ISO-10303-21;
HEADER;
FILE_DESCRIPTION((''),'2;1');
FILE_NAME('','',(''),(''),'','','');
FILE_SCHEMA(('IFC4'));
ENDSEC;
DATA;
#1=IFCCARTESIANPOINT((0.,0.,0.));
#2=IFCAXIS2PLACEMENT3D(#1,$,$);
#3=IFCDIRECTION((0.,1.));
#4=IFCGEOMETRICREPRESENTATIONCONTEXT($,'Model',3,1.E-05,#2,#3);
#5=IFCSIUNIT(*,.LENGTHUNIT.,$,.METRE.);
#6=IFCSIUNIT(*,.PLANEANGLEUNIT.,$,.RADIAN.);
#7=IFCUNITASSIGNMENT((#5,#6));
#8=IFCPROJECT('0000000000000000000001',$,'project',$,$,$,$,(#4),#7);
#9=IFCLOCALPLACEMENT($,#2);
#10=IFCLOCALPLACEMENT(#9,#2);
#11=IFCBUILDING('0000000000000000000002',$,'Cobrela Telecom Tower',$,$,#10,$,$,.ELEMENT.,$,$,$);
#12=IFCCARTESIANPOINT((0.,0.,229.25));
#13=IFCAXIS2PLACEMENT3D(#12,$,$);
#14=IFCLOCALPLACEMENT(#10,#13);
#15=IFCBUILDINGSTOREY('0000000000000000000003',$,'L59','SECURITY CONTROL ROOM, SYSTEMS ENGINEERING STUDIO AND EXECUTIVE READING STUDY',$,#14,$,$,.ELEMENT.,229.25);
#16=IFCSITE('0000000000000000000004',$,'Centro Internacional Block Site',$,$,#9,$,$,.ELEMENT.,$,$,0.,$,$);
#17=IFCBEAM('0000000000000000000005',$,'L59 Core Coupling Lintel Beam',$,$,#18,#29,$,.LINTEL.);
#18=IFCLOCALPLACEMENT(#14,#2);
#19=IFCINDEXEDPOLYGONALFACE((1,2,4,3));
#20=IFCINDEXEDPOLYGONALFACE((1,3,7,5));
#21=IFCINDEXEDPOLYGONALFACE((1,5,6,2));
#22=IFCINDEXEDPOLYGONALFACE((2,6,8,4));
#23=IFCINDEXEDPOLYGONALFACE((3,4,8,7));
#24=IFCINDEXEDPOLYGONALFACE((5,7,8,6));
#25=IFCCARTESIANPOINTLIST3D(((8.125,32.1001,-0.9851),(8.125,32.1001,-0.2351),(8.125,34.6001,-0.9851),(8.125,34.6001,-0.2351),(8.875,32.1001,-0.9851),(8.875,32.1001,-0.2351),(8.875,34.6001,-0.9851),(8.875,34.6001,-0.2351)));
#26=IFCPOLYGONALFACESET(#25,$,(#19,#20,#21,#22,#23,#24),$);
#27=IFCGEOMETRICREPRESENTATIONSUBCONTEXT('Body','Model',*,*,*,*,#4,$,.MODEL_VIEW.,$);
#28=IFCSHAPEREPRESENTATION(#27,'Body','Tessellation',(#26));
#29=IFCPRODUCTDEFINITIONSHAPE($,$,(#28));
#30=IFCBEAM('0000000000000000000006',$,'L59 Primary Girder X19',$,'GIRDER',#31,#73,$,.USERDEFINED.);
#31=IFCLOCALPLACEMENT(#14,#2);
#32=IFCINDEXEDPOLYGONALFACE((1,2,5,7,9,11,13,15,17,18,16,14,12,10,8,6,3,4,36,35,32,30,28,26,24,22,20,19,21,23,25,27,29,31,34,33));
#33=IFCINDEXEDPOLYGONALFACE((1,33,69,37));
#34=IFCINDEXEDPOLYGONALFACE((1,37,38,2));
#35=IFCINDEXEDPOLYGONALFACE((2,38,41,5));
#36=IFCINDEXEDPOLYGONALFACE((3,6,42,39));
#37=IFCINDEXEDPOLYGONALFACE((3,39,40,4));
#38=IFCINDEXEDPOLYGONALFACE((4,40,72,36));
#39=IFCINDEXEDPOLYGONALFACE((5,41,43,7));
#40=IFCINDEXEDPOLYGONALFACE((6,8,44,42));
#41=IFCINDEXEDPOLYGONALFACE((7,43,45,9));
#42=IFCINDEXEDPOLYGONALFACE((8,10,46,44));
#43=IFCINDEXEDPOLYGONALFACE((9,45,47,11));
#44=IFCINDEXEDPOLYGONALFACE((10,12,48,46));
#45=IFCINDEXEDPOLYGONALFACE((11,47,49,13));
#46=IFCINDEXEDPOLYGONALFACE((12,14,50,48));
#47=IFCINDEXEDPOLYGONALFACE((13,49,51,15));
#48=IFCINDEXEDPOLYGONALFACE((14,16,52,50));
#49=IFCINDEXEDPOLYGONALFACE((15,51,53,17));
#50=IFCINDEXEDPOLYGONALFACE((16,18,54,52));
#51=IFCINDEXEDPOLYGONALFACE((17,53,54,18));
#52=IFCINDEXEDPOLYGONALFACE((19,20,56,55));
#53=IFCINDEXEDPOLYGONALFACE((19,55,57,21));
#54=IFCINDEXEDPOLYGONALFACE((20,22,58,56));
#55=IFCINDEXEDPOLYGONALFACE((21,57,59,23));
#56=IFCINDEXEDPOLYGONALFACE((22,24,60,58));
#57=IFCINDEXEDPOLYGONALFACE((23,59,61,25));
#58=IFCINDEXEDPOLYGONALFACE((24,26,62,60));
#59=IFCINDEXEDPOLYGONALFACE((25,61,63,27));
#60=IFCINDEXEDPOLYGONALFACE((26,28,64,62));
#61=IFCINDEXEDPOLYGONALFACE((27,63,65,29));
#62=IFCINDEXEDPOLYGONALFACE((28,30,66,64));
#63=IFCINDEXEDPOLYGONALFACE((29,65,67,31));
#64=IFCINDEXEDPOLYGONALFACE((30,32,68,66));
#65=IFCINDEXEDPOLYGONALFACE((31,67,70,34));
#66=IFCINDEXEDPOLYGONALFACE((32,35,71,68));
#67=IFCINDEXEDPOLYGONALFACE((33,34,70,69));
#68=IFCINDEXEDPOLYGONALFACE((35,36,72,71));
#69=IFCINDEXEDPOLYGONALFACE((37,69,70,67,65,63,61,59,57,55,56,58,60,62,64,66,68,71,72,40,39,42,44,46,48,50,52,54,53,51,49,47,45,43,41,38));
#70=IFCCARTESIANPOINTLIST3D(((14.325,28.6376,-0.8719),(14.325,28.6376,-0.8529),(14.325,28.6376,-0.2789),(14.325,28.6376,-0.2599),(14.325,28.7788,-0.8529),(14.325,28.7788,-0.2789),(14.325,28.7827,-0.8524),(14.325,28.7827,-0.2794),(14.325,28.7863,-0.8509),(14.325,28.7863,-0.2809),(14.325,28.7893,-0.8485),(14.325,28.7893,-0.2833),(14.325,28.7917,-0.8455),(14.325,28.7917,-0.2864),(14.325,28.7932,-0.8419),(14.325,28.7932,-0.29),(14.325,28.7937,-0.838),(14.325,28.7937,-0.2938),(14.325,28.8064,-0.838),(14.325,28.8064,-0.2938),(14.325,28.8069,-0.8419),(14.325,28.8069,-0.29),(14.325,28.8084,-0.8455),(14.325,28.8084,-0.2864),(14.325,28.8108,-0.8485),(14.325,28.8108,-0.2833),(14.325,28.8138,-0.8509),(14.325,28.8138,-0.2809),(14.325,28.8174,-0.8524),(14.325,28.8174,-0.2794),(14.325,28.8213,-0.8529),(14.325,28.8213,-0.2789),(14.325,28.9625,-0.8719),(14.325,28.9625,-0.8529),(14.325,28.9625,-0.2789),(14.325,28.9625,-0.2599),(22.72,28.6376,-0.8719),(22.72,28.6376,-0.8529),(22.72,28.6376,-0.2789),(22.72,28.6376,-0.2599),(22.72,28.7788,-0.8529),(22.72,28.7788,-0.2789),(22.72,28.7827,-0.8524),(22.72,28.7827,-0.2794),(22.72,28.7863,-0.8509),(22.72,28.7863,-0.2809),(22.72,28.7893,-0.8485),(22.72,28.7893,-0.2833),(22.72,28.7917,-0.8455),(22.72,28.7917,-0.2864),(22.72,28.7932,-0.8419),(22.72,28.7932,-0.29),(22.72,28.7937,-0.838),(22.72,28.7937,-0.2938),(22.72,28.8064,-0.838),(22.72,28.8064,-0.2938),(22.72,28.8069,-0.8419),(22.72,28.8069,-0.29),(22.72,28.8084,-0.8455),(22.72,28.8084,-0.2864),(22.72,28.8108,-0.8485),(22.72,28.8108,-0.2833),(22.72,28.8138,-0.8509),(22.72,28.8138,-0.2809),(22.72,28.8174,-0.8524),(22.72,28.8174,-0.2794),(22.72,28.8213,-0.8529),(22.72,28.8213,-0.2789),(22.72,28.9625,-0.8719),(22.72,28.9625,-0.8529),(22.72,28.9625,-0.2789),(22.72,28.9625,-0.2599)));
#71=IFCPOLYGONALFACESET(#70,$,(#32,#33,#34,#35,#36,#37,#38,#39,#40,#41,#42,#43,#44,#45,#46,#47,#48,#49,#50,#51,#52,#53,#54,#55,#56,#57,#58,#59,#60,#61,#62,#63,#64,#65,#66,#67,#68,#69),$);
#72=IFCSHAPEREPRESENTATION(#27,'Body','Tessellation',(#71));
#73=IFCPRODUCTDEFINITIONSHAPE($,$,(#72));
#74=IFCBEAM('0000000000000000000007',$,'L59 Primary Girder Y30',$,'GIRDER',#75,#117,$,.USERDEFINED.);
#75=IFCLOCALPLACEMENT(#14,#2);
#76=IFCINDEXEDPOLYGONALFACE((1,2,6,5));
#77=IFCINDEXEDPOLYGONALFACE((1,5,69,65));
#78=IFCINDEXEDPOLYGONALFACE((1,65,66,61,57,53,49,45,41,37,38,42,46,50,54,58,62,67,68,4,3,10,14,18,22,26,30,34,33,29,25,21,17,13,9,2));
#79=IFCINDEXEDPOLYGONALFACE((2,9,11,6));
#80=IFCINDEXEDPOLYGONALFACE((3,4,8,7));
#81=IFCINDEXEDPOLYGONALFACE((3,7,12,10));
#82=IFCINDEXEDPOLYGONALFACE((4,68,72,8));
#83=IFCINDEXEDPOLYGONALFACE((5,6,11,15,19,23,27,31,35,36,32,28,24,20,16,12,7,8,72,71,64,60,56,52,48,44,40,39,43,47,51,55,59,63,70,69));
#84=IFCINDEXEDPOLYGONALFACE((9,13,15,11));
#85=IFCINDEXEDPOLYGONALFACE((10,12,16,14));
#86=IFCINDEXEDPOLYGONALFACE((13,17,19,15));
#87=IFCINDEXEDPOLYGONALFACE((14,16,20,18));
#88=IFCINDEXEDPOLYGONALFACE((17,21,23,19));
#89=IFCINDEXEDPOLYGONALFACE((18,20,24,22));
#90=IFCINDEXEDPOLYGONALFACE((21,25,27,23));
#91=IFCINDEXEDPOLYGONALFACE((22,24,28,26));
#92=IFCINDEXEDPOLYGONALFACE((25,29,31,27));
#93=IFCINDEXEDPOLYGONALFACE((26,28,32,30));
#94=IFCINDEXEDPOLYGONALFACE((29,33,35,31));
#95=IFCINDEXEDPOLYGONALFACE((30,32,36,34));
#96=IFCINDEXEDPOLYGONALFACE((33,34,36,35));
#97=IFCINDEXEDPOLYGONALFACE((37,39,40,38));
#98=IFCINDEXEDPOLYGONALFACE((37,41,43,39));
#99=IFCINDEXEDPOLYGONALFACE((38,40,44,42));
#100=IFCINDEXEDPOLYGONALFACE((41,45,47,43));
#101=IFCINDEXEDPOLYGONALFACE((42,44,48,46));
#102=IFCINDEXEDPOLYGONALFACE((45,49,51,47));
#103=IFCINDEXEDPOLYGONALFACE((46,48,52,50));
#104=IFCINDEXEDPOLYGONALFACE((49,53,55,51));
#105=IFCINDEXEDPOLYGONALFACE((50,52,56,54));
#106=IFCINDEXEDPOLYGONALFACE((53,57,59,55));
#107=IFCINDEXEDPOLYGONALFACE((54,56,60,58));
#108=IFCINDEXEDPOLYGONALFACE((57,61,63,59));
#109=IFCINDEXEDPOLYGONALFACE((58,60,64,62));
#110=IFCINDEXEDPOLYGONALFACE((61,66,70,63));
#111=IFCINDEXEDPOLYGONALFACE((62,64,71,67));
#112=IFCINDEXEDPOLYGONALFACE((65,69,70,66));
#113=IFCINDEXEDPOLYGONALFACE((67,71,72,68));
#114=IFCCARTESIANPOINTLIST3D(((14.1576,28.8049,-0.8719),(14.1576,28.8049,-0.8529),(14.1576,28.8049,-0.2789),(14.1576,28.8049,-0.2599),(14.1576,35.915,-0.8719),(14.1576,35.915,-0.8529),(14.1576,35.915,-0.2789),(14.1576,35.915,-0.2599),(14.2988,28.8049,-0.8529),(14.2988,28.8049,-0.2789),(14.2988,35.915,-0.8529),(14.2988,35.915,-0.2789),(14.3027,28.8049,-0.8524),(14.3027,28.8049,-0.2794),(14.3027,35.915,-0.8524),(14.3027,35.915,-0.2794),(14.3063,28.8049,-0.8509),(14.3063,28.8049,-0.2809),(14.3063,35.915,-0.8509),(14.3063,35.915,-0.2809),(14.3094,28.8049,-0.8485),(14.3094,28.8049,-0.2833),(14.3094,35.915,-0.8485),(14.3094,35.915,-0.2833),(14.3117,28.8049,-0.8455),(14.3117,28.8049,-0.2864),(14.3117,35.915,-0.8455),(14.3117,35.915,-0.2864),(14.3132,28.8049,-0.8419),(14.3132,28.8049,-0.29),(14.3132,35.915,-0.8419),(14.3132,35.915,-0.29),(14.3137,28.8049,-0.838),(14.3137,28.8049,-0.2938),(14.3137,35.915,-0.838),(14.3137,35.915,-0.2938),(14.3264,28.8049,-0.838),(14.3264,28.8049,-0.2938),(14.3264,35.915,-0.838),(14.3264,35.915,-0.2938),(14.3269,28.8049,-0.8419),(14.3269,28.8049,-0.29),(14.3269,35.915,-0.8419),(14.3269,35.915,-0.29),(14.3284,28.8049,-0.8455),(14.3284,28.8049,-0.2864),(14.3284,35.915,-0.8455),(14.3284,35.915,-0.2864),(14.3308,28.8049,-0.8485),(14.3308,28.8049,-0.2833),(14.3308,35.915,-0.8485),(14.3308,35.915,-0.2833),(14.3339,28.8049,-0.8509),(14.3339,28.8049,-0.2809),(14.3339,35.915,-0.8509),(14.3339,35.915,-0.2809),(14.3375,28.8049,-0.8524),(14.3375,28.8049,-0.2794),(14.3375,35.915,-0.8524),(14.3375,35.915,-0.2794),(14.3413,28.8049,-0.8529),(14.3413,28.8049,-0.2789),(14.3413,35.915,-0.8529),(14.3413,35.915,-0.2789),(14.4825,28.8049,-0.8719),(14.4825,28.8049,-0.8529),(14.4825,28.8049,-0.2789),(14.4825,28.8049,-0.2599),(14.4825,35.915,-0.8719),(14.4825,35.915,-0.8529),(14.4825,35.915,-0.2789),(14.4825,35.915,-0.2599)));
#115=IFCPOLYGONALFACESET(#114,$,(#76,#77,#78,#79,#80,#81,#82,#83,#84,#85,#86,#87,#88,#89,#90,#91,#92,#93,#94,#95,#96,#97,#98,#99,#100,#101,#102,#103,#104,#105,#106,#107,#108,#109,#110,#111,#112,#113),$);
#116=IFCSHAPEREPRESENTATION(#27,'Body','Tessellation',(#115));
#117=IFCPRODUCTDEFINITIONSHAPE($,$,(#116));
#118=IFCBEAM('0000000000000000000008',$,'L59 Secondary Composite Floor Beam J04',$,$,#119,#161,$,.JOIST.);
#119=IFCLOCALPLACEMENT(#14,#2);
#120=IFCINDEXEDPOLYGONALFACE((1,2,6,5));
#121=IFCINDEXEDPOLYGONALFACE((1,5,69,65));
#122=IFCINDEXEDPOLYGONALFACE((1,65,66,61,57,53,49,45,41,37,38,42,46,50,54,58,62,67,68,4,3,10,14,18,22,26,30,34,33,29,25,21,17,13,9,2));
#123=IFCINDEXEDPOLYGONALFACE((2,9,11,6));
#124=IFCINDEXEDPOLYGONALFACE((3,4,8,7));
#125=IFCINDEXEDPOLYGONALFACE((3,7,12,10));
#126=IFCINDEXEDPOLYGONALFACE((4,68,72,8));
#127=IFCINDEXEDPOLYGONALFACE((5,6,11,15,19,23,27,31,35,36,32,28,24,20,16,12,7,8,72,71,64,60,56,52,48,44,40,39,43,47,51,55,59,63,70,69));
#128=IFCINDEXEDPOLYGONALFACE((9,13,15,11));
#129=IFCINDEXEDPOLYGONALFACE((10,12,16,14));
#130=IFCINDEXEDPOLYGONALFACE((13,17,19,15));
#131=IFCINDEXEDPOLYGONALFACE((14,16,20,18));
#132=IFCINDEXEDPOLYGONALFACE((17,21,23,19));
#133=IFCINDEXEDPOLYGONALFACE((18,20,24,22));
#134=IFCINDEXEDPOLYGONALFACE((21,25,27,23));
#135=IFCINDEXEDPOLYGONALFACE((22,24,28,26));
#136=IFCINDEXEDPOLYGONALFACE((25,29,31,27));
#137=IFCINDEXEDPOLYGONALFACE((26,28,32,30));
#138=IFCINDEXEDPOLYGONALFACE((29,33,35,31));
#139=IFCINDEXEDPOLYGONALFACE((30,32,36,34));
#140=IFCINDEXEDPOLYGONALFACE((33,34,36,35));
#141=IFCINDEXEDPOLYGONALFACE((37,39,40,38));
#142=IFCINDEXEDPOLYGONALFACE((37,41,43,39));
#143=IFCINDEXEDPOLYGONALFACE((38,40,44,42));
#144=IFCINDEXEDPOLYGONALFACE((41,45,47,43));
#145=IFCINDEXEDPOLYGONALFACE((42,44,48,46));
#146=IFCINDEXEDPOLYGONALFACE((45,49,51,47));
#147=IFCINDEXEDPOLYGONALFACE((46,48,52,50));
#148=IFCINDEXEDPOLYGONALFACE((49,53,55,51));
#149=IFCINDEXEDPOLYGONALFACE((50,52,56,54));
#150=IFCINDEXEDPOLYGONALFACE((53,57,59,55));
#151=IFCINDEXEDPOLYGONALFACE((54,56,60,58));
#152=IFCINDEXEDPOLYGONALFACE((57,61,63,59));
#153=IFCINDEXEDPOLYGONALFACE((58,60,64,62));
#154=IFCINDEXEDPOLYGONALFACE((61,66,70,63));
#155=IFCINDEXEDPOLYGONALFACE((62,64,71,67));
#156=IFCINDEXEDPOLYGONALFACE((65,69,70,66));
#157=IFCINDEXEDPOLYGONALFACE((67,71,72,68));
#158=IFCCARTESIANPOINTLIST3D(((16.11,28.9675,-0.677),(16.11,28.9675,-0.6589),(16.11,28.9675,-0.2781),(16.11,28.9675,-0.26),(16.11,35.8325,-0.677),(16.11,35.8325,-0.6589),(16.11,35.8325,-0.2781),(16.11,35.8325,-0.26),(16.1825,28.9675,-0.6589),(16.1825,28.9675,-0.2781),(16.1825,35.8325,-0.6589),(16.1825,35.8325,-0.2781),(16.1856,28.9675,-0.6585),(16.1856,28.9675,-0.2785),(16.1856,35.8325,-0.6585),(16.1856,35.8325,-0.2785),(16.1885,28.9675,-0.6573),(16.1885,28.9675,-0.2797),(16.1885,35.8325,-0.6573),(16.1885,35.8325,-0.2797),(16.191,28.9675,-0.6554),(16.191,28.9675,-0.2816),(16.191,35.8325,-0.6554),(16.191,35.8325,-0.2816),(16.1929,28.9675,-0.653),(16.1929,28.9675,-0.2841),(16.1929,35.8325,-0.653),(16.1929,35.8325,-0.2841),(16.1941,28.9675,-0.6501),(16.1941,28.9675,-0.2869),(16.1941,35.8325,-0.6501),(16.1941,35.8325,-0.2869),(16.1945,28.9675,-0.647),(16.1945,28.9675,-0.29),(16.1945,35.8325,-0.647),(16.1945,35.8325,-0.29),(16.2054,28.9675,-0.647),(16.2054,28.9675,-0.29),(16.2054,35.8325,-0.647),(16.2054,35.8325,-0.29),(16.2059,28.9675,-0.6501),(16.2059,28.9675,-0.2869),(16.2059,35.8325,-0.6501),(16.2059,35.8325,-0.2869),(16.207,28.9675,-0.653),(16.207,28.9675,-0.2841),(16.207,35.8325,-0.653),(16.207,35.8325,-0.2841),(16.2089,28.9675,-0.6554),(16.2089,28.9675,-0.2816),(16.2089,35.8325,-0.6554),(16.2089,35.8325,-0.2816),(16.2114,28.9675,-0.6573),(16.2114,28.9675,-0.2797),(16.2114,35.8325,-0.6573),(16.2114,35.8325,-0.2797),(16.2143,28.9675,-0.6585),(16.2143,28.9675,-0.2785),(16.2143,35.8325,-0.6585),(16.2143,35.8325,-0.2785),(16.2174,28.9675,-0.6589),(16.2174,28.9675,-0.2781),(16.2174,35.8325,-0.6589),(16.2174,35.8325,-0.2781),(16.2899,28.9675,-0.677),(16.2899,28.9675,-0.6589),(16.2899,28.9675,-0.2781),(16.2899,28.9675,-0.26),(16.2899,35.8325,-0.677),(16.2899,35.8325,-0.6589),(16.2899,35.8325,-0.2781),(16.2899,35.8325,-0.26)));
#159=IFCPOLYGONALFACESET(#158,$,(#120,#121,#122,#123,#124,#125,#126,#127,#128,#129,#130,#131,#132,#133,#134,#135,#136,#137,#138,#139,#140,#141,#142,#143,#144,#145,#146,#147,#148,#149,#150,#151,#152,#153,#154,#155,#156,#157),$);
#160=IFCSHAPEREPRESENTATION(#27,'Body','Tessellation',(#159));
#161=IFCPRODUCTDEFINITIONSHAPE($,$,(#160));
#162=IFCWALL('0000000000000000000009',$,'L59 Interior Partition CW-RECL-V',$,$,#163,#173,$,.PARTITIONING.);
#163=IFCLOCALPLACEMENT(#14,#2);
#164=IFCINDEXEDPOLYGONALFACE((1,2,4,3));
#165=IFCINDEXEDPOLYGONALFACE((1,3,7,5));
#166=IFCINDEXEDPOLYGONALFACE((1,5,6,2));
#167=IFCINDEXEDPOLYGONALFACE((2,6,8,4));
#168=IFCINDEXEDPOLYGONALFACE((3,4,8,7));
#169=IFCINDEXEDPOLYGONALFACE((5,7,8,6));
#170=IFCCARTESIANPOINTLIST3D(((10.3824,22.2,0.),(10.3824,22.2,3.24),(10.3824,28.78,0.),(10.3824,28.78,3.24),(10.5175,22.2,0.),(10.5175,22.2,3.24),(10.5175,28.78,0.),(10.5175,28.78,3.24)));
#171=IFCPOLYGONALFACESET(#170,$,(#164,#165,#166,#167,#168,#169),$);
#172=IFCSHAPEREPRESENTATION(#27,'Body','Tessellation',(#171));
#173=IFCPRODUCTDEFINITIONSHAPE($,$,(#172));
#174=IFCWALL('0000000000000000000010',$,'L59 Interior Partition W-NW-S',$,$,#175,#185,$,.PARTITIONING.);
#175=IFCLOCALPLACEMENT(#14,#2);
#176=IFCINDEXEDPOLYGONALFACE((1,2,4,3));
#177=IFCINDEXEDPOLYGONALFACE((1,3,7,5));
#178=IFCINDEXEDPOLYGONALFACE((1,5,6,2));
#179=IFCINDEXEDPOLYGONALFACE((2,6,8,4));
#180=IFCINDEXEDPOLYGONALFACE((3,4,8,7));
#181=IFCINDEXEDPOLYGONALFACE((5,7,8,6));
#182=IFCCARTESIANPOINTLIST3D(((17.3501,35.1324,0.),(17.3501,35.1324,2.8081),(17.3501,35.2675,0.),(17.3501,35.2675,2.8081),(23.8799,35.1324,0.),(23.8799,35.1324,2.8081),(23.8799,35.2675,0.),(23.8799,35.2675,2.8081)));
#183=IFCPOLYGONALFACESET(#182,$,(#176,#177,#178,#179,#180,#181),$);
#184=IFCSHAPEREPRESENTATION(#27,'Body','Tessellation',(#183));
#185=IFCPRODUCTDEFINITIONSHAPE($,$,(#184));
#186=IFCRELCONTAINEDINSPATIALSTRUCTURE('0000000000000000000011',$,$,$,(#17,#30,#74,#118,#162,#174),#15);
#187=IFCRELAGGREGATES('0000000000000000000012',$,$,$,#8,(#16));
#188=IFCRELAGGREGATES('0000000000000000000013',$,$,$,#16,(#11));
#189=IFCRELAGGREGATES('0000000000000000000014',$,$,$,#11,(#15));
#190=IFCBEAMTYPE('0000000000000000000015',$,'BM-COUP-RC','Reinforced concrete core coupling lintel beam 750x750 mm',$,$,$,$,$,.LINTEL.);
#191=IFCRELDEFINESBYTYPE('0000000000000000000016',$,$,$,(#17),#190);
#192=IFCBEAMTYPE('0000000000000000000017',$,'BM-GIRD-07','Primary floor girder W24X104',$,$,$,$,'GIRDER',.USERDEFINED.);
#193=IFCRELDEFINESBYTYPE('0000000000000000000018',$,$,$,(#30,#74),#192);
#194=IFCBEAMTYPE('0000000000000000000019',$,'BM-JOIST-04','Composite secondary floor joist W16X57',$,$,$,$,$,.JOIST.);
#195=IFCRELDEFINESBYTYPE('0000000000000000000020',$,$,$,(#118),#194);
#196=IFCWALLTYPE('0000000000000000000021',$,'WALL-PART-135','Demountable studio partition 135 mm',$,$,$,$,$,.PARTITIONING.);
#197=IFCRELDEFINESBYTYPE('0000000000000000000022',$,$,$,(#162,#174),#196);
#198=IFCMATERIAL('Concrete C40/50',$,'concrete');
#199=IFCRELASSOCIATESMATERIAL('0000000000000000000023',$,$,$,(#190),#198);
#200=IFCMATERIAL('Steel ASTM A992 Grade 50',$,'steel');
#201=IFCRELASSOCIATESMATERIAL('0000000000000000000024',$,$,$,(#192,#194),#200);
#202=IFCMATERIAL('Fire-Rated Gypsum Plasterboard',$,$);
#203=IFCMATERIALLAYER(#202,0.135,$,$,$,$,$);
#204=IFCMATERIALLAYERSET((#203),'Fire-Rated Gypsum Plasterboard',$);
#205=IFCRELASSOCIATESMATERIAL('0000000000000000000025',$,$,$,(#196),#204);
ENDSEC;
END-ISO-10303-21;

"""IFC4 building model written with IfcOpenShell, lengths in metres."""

from ifc_helpers import new_model, si_unit, direction, frame, frame_2d, origin, origin_2d, place, context, subcontext, project, spatial, rectangle, i_section, extrude, material, layer, layer_set, material_profile, profile_set, type_object, element, save


model = new_model("IFC4")

# Units and contexts
model_context = context("Model", 3, precision=1e-05, world=origin(), true_north=direction((0.0, 1.0)))
body_context = subcontext(model_context, "Body", "Model", "MODEL_VIEW")
ifc_project = project(units=[si_unit("LENGTHUNIT", "METRE"), si_unit("PLANEANGLEUNIT", "RADIAN")], contexts=[model_context])

# Site, building, storey
site_placement = place(None, origin())
site = spatial("IfcSite", under=ifc_project, at=site_placement, Name="Centro Internacional Block Site", CompositionType="ELEMENT", RefElevation=0.0)
building_placement = place(site_placement, origin())
building = spatial("IfcBuilding", under=site, at=building_placement, Name="Cobrela Telecom Tower", CompositionType="ELEMENT")
storey_placement = place(building_placement, frame((0.0, 0.0, 229.25)))
storey = spatial("IfcBuildingStorey", under=building, at=storey_placement, Name="L59", Description="SECURITY CONTROL ROOM, SYSTEMS ENGINEERING STUDIO AND EXECUTIVE READING STUDY", CompositionType="ELEMENT", Elevation=229.25)

# Beams
ifc_material_1 = material(Name="Concrete C40/50", Category="concrete")
ifc_material_profile_1 = material_profile(ifc_material_1, rectangle(XDim=0.75, YDim=0.75, at=origin_2d()), Name="RC 750x750")
ifc_profile_set_1 = profile_set([ifc_material_profile_1], Name="Concrete C40/50")
beam_type_1 = type_object("IfcBeamType", Name="BM-COUP-RC", Description="Reinforced concrete core coupling lintel beam 750x750 mm", PredefinedType="LINTEL", material=ifc_profile_set_1)
beam_1_placement = place(storey_placement, frame((8.5, 32.1001, -0.6101), z_axis=(0.0, 1.0, 0.0), x_axis=(-1.0, 0.0, 0.0)))
element("IfcBeam", 1, at=beam_1_placement, inside=storey, type_object=beam_type_1, Name="L59 Core Coupling Lintel Beam", PredefinedType="LINTEL", context=body_context, shape_type="SweptSolid", body=[
    extrude(rectangle(XDim=0.75, YDim=0.75, at=origin_2d()), origin(), (0.0, 0.0, 1.0), 2.5),
])
ifc_material_2 = material(Name="Steel ASTM A992 Grade 50", Category="steel")
ifc_material_profile_2 = material_profile(ifc_material_2, i_section(OverallWidth=0.325, OverallDepth=0.6121, WebThickness=0.0127, FlangeThickness=0.019, FilletRadius=0.0149, at=origin_2d()), Name="W24X104")
ifc_profile_set_2 = profile_set([ifc_material_profile_2], Name="Steel ASTM A992 Grade 50")
beam_type_2 = type_object("IfcBeamType", Name="BM-GIRD-07", Description="Primary floor girder W24X104", ElementType="GIRDER", PredefinedType="USERDEFINED", material=ifc_profile_set_2)
beam_2_placement = place(storey_placement, frame((14.325, 28.8, -0.5659), z_axis=(1.0, 0.0, 0.0), x_axis=(0.0, 1.0, 0.0)))
element("IfcBeam", 2, at=beam_2_placement, inside=storey, type_object=beam_type_2, Name="L59 Primary Girder X19", ObjectType="GIRDER", PredefinedType="USERDEFINED", context=body_context, shape_type="SweptSolid", body=[
    extrude(i_section(OverallWidth=0.325, OverallDepth=0.6121, WebThickness=0.0127, FlangeThickness=0.019, FilletRadius=0.0149, at=origin_2d()), origin(), (0.0, 0.0, 1.0), 8.395),
])
beam_3_placement = place(storey_placement, frame((14.3201, 28.8049, -0.5659), z_axis=(0.0, 1.0, 0.0), x_axis=(-1.0, 0.0, 0.0)))
element("IfcBeam", 3, at=beam_3_placement, inside=storey, type_object=beam_type_2, Name="L59 Primary Girder Y30", ObjectType="GIRDER", PredefinedType="USERDEFINED", context=body_context, shape_type="SweptSolid", body=[
    extrude(i_section(OverallWidth=0.325, OverallDepth=0.6121, WebThickness=0.0127, FlangeThickness=0.019, FilletRadius=0.0149, at=origin_2d()), origin(), (0.0, 0.0, 1.0), 7.1101),
])
ifc_material_profile_3 = material_profile(ifc_material_2, i_section(OverallWidth=0.1799, OverallDepth=0.417, WebThickness=0.011, FlangeThickness=0.0181, FilletRadius=0.012, at=origin_2d()), Name="W16X57")
ifc_profile_set_3 = profile_set([ifc_material_profile_3], Name="Steel ASTM A992 Grade 50")
beam_type_3 = type_object("IfcBeamType", Name="BM-JOIST-04", Description="Composite secondary floor joist W16X57", PredefinedType="JOIST", material=ifc_profile_set_3)
beam_4_placement = place(storey_placement, frame((16.2, 28.9675, -0.4685), z_axis=(0.0, 1.0, 0.0), x_axis=(-1.0, 0.0, 0.0)))
element("IfcBeam", 4, at=beam_4_placement, inside=storey, type_object=beam_type_3, Name="L59 Secondary Composite Floor Beam J04", PredefinedType="JOIST", context=body_context, shape_type="SweptSolid", body=[
    extrude(i_section(OverallWidth=0.1799, OverallDepth=0.417, WebThickness=0.011, FlangeThickness=0.0181, FilletRadius=0.012, at=origin_2d()), origin(), (0.0, 0.0, 1.0), 6.865),
])

# Walls
ifc_material_3 = material(Name="Fire-Rated Gypsum Plasterboard")
ifc_layer_1 = layer(ifc_material_3, 0.135)
ifc_layer_set_1 = layer_set([ifc_layer_1], Name="Fire-Rated Gypsum Plasterboard")
wall_type_1 = type_object("IfcWallType", Name="WALL-PART-135", Description="Demountable studio partition 135 mm", PredefinedType="PARTITIONING", material=ifc_layer_set_1)
wall_1_placement = place(storey_placement, frame((10.45, 22.2, 0.0), z_axis=(0.0, 0.0, 1.0), x_axis=(0.0, 1.0, 0.0)))
element("IfcWall", 5, at=wall_1_placement, inside=storey, type_object=wall_type_1, Name="L59 Interior Partition CW-RECL-V", PredefinedType="PARTITIONING", context=body_context, shape_type="SweptSolid", body=[
    extrude(rectangle(XDim=6.5801, YDim=0.135, at=frame_2d((3.29, 0.0))), origin(), (0.0, 0.0, 1.0), 3.24),
])
wall_2_placement = place(storey_placement, frame((17.3501, 35.2, 0.0), z_axis=(0.0, 0.0, 1.0), x_axis=(1.0, 0.0, 0.0)))
element("IfcWall", 6, at=wall_2_placement, inside=storey, type_object=wall_type_1, Name="L59 Interior Partition W-NW-S", PredefinedType="PARTITIONING", context=body_context, shape_type="SweptSolid", body=[
    extrude(rectangle(XDim=6.5298, YDim=0.135, at=frame_2d((3.2649, 0.0))), origin(), (0.0, 0.0, 1.0), 2.8081),
])

save(model, "model.ifc")
